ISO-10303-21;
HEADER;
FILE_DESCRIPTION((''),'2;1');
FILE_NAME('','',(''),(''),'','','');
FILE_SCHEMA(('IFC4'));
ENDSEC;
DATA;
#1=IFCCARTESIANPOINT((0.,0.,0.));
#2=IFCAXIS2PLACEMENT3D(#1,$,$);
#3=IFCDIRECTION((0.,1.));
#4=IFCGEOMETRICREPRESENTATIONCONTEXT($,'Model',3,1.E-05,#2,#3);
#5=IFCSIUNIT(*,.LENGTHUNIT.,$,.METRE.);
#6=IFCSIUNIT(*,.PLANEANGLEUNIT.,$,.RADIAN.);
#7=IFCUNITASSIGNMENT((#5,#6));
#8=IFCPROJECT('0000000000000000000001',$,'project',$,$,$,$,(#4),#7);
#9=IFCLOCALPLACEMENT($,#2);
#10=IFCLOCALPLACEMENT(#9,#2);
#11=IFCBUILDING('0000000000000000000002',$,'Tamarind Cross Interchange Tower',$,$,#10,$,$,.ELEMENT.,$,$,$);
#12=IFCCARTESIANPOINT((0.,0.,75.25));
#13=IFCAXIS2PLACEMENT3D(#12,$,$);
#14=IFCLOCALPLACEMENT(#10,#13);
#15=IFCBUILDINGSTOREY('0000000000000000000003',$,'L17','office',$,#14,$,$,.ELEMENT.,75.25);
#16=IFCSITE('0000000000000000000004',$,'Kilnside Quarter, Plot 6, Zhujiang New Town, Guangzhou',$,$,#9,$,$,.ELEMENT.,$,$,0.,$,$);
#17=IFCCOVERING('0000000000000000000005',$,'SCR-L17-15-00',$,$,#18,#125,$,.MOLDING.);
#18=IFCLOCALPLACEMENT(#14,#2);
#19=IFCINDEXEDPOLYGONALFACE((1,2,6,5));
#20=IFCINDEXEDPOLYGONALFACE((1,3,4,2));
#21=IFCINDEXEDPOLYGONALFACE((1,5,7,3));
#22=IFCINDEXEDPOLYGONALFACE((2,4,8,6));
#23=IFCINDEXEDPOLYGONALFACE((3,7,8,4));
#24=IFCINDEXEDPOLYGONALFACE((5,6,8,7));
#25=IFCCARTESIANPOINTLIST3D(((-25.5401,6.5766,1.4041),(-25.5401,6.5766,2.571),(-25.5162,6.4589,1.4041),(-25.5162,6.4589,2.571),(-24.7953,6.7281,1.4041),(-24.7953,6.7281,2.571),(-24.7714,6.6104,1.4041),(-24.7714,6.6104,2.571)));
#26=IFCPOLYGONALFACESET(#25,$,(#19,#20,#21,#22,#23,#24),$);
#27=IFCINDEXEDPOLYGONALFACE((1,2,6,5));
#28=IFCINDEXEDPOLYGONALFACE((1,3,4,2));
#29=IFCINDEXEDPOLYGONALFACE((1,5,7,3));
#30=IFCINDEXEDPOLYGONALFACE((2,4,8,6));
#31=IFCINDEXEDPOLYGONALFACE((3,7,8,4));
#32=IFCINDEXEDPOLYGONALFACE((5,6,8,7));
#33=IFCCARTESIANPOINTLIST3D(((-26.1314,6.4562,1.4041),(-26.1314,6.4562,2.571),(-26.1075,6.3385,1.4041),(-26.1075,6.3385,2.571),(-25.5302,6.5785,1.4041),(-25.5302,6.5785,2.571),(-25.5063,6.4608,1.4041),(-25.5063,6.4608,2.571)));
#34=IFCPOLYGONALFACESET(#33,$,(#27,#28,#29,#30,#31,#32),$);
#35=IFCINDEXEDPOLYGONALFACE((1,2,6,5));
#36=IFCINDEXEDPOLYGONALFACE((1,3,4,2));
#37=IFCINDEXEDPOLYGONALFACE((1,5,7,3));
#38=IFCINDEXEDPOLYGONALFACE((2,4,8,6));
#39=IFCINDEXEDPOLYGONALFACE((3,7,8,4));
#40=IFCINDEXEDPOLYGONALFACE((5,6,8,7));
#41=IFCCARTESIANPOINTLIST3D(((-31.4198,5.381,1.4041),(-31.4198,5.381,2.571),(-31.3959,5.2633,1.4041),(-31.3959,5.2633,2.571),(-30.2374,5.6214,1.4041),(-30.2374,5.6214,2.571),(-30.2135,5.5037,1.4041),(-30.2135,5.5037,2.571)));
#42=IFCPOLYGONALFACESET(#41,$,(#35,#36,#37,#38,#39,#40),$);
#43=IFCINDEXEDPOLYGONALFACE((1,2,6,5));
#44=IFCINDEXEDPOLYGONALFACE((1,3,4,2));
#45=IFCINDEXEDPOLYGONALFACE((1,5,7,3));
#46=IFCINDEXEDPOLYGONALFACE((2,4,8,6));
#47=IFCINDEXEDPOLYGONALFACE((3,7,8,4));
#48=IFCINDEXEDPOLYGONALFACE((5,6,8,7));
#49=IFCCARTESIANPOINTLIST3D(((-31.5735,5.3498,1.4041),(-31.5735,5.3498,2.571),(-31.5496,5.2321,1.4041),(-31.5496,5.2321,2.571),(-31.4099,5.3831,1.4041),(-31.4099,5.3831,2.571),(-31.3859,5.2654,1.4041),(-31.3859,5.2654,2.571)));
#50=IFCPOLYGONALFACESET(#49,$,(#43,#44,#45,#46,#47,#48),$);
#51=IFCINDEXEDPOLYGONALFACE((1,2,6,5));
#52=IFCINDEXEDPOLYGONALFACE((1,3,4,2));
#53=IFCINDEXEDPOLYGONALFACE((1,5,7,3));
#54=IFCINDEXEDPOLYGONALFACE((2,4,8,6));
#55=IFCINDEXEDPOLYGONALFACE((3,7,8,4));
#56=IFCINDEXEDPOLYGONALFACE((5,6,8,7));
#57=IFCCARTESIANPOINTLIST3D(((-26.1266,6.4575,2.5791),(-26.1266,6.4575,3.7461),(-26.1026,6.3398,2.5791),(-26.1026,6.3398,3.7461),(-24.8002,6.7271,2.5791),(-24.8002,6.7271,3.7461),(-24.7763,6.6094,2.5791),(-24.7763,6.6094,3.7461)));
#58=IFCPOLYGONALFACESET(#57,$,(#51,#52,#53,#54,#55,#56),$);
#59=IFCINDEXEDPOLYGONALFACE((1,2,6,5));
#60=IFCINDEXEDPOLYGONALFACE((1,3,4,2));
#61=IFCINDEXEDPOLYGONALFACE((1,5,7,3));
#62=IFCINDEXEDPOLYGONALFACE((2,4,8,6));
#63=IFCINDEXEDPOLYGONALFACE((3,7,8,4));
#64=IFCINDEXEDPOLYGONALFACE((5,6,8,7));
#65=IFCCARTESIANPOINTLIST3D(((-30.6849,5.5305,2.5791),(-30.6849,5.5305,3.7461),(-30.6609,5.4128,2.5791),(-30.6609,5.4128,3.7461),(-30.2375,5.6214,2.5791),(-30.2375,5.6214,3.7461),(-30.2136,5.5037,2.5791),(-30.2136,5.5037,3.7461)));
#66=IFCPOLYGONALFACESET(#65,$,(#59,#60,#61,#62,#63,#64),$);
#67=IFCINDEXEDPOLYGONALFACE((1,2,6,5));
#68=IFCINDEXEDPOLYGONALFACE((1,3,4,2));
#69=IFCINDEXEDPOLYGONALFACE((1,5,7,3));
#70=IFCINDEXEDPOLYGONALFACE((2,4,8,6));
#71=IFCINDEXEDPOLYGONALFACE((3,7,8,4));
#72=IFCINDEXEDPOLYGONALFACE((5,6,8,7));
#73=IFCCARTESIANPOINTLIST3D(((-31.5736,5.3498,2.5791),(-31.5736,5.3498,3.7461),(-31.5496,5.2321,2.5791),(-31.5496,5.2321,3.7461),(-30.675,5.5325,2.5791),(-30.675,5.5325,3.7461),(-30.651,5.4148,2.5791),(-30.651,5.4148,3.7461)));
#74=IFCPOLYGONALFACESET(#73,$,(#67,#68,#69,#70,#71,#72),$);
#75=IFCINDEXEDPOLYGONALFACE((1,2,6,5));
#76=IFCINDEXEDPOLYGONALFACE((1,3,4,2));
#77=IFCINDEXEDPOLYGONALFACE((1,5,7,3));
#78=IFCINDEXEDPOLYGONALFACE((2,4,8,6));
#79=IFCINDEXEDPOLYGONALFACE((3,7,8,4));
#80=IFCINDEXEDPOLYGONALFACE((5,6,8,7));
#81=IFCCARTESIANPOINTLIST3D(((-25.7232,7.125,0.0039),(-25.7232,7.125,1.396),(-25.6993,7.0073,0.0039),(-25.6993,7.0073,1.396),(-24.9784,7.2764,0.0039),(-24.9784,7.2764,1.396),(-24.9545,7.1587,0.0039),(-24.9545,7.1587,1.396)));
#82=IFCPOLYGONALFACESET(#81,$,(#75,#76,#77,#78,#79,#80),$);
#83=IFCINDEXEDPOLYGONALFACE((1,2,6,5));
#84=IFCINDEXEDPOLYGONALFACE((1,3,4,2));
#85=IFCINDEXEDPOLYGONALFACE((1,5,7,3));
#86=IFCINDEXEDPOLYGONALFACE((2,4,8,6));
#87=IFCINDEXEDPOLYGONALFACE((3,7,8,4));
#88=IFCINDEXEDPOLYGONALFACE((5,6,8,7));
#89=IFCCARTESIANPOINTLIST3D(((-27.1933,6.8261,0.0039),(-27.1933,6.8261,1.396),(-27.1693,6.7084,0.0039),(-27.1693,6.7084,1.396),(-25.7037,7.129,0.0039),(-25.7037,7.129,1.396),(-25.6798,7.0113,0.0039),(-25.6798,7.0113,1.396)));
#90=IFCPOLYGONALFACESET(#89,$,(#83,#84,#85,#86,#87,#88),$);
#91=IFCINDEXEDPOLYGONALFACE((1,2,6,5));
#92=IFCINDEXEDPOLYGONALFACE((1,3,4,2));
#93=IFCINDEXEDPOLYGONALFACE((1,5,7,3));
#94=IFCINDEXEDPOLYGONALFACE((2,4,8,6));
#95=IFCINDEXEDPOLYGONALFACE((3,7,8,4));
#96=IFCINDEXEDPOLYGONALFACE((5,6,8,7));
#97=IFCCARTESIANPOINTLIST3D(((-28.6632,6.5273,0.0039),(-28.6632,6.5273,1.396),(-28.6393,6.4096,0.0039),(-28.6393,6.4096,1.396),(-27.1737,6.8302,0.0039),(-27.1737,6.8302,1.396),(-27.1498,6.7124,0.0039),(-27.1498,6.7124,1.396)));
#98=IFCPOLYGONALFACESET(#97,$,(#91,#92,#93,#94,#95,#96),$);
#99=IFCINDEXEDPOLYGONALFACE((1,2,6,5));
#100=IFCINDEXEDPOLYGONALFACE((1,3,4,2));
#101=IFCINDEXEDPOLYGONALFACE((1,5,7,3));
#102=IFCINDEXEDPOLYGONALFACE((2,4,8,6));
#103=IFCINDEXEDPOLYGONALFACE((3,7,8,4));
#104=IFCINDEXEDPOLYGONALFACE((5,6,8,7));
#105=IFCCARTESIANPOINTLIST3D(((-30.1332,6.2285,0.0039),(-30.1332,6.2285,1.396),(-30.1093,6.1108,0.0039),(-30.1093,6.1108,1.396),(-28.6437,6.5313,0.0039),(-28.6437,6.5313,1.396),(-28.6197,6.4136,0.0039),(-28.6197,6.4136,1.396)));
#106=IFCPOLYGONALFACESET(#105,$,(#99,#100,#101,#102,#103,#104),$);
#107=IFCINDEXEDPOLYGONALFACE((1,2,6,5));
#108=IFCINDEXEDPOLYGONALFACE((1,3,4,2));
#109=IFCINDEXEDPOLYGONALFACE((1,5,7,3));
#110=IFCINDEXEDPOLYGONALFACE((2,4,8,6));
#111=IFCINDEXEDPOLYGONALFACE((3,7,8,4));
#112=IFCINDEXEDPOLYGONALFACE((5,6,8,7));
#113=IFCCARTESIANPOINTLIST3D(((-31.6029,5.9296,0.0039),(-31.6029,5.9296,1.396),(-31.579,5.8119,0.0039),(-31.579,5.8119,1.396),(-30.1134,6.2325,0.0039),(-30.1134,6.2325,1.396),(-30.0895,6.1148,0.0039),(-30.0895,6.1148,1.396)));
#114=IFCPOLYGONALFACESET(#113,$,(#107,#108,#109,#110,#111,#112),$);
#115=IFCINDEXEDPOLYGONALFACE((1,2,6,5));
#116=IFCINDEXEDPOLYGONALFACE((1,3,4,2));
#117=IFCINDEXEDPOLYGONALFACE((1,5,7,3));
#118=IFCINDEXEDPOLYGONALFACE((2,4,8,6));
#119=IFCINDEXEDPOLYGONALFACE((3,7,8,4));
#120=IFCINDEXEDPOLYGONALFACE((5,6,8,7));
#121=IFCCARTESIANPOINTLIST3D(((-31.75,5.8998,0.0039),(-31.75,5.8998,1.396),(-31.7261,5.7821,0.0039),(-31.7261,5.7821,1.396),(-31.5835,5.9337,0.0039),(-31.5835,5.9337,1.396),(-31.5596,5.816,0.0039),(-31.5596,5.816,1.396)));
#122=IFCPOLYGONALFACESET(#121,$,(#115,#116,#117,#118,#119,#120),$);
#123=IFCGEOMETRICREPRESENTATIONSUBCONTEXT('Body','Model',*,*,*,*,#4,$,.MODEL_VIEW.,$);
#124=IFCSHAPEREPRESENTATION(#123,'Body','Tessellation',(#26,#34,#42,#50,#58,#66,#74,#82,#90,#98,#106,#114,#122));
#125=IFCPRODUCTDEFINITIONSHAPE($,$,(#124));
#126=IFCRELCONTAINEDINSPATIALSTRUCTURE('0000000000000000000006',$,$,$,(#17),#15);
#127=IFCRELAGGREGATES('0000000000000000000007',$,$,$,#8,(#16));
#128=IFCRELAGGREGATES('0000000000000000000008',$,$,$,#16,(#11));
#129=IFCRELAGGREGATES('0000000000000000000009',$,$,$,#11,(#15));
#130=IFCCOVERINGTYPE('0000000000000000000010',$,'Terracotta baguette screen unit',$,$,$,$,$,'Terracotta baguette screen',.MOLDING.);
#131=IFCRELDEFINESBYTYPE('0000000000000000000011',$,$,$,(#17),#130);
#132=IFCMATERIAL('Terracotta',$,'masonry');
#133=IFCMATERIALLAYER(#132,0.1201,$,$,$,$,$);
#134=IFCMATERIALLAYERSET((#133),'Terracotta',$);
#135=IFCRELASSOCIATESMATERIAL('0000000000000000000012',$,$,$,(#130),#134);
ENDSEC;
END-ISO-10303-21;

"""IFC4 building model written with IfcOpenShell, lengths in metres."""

from ifc_helpers import new_model, si_unit, direction, frame, origin, origin_2d, place, context, subcontext, project, spatial, rectangle, extrude, material, layer, layer_set, type_object, element, save


model = new_model("IFC4")

# Units and contexts
model_context = context("Model", 3, precision=1e-05, world=origin(), true_north=direction((0.0, 1.0)))
body_context = subcontext(model_context, "Body", "Model", "MODEL_VIEW")
ifc_project = project(units=[si_unit("LENGTHUNIT", "METRE"), si_unit("PLANEANGLEUNIT", "RADIAN")], contexts=[model_context])

# Site, building, storey
site_placement = place(None, origin())
site = spatial("IfcSite", under=ifc_project, at=site_placement, Name="Kilnside Quarter, Plot 6, Zhujiang New Town, Guangzhou", CompositionType="ELEMENT", RefElevation=0.0)
building_placement = place(site_placement, origin())
building = spatial("IfcBuilding", under=site, at=building_placement, Name="Tamarind Cross Interchange Tower", CompositionType="ELEMENT")
storey_placement = place(building_placement, frame((0.0, 0.0, 75.25)))
storey = spatial("IfcBuildingStorey", under=building, at=storey_placement, Name="L17", Description="office", CompositionType="ELEMENT", Elevation=75.25)

# Covering
ifc_material_1 = material(Name="Terracotta", Category="masonry")
ifc_layer_1 = layer(ifc_material_1, 0.1201)
ifc_layer_set_1 = layer_set([ifc_layer_1], Name="Terracotta")
covering_type = type_object("IfcCoveringType", Name="Terracotta baguette screen unit", ElementType="Terracotta baguette screen", PredefinedType="MOLDING", material=ifc_layer_set_1)
covering_1_placement = place(storey_placement, origin())
element("IfcCovering", 1, at=covering_1_placement, inside=storey, type_object=covering_type, Name="SCR-L17-15-00", PredefinedType="MOLDING", context=body_context, shape_type="SweptSolid", body=[
    extrude(rectangle(XDim=0.76, YDim=0.1201, at=origin_2d()), frame((-25.1558, 6.5935, 1.4041), z_axis=(0.0, 0.0, 1.0), x_axis=(-0.97995, -0.199245, 0.0)), (0.0, 0.0, 1.0), 1.167),
    extrude(rectangle(XDim=0.6135, YDim=0.1201, at=origin_2d()), frame((-25.8188, 6.4585, 1.4041), z_axis=(0.0, 0.0, 1.0), x_axis=(-0.97995, -0.199245, 0.0)), (0.0, 0.0, 1.0), 1.167),
    extrude(rectangle(XDim=1.2065, YDim=0.1201, at=origin_2d()), frame((-30.8167, 5.4424, 1.4041), z_axis=(0.0, 0.0, 1.0), x_axis=(-0.97995, -0.199245, 0.0)), (0.0, 0.0, 1.0), 1.167),
    extrude(rectangle(XDim=0.167, YDim=0.1201, at=origin_2d()), frame((-31.4797, 5.3076, 1.4041), z_axis=(0.0, 0.0, 1.0), x_axis=(-0.97995, -0.199245, 0.0)), (0.0, 0.0, 1.0), 1.167),
    extrude(rectangle(XDim=1.3535, YDim=0.1201, at=origin_2d()), frame((-25.4514, 6.5334, 2.5791), z_axis=(0.0, 0.0, 1.0), x_axis=(-0.97995, -0.199245, 0.0)), (0.0, 0.0, 1.0), 1.167),
    extrude(rectangle(XDim=0.4565, YDim=0.1201, at=origin_2d()), frame((-30.4492, 5.5171, 2.5791), z_axis=(0.0, 0.0, 1.0), x_axis=(-0.97995, -0.199245, 0.0)), (0.0, 0.0, 1.0), 1.167),
    extrude(rectangle(XDim=0.917, YDim=0.1201, at=origin_2d()), frame((-31.1123, 5.3823, 2.5791), z_axis=(0.0, 0.0, 1.0), x_axis=(-0.97995, -0.199245, 0.0)), (0.0, 0.0, 1.0), 1.167),
    extrude(rectangle(XDim=0.76, YDim=0.1201, at=origin_2d()), frame((-25.3389, 7.1418, 0.0039), z_axis=(0.0, 0.0, 1.0), x_axis=(-0.97995, -0.199245, 0.0)), (0.0, 0.0, 1.0), 1.3921),
    extrude(rectangle(XDim=1.52, YDim=0.1201, at=origin_2d()), frame((-26.4365, 6.9187, 0.0039), z_axis=(0.0, 0.0, 1.0), x_axis=(-0.97995, -0.199245, 0.0)), (0.0, 0.0, 1.0), 1.3921),
    extrude(rectangle(XDim=1.52, YDim=0.1201, at=origin_2d()), frame((-27.9065, 6.6199, 0.0039), z_axis=(0.0, 0.0, 1.0), x_axis=(-0.97995, -0.199245, 0.0)), (0.0, 0.0, 1.0), 1.3921),
    extrude(rectangle(XDim=1.52, YDim=0.1201, at=origin_2d()), frame((-29.3765, 6.321, 0.0039), z_axis=(0.0, 0.0, 1.0), x_axis=(-0.97995, -0.199245, 0.0)), (0.0, 0.0, 1.0), 1.3921),
    extrude(rectangle(XDim=1.52, YDim=0.1201, at=origin_2d()), frame((-30.8462, 6.0222, 0.0039), z_axis=(0.0, 0.0, 1.0), x_axis=(-0.97995, -0.199245, 0.0)), (0.0, 0.0, 1.0), 1.3921),
    extrude(rectangle(XDim=0.1699, YDim=0.1201, at=origin_2d()), frame((-31.6548, 5.8579, 0.0039), z_axis=(0.0, 0.0, 1.0), x_axis=(-0.97995, -0.199245, 0.0)), (0.0, 0.0, 1.0), 1.3921),
])

save(model, "model.ifc")
